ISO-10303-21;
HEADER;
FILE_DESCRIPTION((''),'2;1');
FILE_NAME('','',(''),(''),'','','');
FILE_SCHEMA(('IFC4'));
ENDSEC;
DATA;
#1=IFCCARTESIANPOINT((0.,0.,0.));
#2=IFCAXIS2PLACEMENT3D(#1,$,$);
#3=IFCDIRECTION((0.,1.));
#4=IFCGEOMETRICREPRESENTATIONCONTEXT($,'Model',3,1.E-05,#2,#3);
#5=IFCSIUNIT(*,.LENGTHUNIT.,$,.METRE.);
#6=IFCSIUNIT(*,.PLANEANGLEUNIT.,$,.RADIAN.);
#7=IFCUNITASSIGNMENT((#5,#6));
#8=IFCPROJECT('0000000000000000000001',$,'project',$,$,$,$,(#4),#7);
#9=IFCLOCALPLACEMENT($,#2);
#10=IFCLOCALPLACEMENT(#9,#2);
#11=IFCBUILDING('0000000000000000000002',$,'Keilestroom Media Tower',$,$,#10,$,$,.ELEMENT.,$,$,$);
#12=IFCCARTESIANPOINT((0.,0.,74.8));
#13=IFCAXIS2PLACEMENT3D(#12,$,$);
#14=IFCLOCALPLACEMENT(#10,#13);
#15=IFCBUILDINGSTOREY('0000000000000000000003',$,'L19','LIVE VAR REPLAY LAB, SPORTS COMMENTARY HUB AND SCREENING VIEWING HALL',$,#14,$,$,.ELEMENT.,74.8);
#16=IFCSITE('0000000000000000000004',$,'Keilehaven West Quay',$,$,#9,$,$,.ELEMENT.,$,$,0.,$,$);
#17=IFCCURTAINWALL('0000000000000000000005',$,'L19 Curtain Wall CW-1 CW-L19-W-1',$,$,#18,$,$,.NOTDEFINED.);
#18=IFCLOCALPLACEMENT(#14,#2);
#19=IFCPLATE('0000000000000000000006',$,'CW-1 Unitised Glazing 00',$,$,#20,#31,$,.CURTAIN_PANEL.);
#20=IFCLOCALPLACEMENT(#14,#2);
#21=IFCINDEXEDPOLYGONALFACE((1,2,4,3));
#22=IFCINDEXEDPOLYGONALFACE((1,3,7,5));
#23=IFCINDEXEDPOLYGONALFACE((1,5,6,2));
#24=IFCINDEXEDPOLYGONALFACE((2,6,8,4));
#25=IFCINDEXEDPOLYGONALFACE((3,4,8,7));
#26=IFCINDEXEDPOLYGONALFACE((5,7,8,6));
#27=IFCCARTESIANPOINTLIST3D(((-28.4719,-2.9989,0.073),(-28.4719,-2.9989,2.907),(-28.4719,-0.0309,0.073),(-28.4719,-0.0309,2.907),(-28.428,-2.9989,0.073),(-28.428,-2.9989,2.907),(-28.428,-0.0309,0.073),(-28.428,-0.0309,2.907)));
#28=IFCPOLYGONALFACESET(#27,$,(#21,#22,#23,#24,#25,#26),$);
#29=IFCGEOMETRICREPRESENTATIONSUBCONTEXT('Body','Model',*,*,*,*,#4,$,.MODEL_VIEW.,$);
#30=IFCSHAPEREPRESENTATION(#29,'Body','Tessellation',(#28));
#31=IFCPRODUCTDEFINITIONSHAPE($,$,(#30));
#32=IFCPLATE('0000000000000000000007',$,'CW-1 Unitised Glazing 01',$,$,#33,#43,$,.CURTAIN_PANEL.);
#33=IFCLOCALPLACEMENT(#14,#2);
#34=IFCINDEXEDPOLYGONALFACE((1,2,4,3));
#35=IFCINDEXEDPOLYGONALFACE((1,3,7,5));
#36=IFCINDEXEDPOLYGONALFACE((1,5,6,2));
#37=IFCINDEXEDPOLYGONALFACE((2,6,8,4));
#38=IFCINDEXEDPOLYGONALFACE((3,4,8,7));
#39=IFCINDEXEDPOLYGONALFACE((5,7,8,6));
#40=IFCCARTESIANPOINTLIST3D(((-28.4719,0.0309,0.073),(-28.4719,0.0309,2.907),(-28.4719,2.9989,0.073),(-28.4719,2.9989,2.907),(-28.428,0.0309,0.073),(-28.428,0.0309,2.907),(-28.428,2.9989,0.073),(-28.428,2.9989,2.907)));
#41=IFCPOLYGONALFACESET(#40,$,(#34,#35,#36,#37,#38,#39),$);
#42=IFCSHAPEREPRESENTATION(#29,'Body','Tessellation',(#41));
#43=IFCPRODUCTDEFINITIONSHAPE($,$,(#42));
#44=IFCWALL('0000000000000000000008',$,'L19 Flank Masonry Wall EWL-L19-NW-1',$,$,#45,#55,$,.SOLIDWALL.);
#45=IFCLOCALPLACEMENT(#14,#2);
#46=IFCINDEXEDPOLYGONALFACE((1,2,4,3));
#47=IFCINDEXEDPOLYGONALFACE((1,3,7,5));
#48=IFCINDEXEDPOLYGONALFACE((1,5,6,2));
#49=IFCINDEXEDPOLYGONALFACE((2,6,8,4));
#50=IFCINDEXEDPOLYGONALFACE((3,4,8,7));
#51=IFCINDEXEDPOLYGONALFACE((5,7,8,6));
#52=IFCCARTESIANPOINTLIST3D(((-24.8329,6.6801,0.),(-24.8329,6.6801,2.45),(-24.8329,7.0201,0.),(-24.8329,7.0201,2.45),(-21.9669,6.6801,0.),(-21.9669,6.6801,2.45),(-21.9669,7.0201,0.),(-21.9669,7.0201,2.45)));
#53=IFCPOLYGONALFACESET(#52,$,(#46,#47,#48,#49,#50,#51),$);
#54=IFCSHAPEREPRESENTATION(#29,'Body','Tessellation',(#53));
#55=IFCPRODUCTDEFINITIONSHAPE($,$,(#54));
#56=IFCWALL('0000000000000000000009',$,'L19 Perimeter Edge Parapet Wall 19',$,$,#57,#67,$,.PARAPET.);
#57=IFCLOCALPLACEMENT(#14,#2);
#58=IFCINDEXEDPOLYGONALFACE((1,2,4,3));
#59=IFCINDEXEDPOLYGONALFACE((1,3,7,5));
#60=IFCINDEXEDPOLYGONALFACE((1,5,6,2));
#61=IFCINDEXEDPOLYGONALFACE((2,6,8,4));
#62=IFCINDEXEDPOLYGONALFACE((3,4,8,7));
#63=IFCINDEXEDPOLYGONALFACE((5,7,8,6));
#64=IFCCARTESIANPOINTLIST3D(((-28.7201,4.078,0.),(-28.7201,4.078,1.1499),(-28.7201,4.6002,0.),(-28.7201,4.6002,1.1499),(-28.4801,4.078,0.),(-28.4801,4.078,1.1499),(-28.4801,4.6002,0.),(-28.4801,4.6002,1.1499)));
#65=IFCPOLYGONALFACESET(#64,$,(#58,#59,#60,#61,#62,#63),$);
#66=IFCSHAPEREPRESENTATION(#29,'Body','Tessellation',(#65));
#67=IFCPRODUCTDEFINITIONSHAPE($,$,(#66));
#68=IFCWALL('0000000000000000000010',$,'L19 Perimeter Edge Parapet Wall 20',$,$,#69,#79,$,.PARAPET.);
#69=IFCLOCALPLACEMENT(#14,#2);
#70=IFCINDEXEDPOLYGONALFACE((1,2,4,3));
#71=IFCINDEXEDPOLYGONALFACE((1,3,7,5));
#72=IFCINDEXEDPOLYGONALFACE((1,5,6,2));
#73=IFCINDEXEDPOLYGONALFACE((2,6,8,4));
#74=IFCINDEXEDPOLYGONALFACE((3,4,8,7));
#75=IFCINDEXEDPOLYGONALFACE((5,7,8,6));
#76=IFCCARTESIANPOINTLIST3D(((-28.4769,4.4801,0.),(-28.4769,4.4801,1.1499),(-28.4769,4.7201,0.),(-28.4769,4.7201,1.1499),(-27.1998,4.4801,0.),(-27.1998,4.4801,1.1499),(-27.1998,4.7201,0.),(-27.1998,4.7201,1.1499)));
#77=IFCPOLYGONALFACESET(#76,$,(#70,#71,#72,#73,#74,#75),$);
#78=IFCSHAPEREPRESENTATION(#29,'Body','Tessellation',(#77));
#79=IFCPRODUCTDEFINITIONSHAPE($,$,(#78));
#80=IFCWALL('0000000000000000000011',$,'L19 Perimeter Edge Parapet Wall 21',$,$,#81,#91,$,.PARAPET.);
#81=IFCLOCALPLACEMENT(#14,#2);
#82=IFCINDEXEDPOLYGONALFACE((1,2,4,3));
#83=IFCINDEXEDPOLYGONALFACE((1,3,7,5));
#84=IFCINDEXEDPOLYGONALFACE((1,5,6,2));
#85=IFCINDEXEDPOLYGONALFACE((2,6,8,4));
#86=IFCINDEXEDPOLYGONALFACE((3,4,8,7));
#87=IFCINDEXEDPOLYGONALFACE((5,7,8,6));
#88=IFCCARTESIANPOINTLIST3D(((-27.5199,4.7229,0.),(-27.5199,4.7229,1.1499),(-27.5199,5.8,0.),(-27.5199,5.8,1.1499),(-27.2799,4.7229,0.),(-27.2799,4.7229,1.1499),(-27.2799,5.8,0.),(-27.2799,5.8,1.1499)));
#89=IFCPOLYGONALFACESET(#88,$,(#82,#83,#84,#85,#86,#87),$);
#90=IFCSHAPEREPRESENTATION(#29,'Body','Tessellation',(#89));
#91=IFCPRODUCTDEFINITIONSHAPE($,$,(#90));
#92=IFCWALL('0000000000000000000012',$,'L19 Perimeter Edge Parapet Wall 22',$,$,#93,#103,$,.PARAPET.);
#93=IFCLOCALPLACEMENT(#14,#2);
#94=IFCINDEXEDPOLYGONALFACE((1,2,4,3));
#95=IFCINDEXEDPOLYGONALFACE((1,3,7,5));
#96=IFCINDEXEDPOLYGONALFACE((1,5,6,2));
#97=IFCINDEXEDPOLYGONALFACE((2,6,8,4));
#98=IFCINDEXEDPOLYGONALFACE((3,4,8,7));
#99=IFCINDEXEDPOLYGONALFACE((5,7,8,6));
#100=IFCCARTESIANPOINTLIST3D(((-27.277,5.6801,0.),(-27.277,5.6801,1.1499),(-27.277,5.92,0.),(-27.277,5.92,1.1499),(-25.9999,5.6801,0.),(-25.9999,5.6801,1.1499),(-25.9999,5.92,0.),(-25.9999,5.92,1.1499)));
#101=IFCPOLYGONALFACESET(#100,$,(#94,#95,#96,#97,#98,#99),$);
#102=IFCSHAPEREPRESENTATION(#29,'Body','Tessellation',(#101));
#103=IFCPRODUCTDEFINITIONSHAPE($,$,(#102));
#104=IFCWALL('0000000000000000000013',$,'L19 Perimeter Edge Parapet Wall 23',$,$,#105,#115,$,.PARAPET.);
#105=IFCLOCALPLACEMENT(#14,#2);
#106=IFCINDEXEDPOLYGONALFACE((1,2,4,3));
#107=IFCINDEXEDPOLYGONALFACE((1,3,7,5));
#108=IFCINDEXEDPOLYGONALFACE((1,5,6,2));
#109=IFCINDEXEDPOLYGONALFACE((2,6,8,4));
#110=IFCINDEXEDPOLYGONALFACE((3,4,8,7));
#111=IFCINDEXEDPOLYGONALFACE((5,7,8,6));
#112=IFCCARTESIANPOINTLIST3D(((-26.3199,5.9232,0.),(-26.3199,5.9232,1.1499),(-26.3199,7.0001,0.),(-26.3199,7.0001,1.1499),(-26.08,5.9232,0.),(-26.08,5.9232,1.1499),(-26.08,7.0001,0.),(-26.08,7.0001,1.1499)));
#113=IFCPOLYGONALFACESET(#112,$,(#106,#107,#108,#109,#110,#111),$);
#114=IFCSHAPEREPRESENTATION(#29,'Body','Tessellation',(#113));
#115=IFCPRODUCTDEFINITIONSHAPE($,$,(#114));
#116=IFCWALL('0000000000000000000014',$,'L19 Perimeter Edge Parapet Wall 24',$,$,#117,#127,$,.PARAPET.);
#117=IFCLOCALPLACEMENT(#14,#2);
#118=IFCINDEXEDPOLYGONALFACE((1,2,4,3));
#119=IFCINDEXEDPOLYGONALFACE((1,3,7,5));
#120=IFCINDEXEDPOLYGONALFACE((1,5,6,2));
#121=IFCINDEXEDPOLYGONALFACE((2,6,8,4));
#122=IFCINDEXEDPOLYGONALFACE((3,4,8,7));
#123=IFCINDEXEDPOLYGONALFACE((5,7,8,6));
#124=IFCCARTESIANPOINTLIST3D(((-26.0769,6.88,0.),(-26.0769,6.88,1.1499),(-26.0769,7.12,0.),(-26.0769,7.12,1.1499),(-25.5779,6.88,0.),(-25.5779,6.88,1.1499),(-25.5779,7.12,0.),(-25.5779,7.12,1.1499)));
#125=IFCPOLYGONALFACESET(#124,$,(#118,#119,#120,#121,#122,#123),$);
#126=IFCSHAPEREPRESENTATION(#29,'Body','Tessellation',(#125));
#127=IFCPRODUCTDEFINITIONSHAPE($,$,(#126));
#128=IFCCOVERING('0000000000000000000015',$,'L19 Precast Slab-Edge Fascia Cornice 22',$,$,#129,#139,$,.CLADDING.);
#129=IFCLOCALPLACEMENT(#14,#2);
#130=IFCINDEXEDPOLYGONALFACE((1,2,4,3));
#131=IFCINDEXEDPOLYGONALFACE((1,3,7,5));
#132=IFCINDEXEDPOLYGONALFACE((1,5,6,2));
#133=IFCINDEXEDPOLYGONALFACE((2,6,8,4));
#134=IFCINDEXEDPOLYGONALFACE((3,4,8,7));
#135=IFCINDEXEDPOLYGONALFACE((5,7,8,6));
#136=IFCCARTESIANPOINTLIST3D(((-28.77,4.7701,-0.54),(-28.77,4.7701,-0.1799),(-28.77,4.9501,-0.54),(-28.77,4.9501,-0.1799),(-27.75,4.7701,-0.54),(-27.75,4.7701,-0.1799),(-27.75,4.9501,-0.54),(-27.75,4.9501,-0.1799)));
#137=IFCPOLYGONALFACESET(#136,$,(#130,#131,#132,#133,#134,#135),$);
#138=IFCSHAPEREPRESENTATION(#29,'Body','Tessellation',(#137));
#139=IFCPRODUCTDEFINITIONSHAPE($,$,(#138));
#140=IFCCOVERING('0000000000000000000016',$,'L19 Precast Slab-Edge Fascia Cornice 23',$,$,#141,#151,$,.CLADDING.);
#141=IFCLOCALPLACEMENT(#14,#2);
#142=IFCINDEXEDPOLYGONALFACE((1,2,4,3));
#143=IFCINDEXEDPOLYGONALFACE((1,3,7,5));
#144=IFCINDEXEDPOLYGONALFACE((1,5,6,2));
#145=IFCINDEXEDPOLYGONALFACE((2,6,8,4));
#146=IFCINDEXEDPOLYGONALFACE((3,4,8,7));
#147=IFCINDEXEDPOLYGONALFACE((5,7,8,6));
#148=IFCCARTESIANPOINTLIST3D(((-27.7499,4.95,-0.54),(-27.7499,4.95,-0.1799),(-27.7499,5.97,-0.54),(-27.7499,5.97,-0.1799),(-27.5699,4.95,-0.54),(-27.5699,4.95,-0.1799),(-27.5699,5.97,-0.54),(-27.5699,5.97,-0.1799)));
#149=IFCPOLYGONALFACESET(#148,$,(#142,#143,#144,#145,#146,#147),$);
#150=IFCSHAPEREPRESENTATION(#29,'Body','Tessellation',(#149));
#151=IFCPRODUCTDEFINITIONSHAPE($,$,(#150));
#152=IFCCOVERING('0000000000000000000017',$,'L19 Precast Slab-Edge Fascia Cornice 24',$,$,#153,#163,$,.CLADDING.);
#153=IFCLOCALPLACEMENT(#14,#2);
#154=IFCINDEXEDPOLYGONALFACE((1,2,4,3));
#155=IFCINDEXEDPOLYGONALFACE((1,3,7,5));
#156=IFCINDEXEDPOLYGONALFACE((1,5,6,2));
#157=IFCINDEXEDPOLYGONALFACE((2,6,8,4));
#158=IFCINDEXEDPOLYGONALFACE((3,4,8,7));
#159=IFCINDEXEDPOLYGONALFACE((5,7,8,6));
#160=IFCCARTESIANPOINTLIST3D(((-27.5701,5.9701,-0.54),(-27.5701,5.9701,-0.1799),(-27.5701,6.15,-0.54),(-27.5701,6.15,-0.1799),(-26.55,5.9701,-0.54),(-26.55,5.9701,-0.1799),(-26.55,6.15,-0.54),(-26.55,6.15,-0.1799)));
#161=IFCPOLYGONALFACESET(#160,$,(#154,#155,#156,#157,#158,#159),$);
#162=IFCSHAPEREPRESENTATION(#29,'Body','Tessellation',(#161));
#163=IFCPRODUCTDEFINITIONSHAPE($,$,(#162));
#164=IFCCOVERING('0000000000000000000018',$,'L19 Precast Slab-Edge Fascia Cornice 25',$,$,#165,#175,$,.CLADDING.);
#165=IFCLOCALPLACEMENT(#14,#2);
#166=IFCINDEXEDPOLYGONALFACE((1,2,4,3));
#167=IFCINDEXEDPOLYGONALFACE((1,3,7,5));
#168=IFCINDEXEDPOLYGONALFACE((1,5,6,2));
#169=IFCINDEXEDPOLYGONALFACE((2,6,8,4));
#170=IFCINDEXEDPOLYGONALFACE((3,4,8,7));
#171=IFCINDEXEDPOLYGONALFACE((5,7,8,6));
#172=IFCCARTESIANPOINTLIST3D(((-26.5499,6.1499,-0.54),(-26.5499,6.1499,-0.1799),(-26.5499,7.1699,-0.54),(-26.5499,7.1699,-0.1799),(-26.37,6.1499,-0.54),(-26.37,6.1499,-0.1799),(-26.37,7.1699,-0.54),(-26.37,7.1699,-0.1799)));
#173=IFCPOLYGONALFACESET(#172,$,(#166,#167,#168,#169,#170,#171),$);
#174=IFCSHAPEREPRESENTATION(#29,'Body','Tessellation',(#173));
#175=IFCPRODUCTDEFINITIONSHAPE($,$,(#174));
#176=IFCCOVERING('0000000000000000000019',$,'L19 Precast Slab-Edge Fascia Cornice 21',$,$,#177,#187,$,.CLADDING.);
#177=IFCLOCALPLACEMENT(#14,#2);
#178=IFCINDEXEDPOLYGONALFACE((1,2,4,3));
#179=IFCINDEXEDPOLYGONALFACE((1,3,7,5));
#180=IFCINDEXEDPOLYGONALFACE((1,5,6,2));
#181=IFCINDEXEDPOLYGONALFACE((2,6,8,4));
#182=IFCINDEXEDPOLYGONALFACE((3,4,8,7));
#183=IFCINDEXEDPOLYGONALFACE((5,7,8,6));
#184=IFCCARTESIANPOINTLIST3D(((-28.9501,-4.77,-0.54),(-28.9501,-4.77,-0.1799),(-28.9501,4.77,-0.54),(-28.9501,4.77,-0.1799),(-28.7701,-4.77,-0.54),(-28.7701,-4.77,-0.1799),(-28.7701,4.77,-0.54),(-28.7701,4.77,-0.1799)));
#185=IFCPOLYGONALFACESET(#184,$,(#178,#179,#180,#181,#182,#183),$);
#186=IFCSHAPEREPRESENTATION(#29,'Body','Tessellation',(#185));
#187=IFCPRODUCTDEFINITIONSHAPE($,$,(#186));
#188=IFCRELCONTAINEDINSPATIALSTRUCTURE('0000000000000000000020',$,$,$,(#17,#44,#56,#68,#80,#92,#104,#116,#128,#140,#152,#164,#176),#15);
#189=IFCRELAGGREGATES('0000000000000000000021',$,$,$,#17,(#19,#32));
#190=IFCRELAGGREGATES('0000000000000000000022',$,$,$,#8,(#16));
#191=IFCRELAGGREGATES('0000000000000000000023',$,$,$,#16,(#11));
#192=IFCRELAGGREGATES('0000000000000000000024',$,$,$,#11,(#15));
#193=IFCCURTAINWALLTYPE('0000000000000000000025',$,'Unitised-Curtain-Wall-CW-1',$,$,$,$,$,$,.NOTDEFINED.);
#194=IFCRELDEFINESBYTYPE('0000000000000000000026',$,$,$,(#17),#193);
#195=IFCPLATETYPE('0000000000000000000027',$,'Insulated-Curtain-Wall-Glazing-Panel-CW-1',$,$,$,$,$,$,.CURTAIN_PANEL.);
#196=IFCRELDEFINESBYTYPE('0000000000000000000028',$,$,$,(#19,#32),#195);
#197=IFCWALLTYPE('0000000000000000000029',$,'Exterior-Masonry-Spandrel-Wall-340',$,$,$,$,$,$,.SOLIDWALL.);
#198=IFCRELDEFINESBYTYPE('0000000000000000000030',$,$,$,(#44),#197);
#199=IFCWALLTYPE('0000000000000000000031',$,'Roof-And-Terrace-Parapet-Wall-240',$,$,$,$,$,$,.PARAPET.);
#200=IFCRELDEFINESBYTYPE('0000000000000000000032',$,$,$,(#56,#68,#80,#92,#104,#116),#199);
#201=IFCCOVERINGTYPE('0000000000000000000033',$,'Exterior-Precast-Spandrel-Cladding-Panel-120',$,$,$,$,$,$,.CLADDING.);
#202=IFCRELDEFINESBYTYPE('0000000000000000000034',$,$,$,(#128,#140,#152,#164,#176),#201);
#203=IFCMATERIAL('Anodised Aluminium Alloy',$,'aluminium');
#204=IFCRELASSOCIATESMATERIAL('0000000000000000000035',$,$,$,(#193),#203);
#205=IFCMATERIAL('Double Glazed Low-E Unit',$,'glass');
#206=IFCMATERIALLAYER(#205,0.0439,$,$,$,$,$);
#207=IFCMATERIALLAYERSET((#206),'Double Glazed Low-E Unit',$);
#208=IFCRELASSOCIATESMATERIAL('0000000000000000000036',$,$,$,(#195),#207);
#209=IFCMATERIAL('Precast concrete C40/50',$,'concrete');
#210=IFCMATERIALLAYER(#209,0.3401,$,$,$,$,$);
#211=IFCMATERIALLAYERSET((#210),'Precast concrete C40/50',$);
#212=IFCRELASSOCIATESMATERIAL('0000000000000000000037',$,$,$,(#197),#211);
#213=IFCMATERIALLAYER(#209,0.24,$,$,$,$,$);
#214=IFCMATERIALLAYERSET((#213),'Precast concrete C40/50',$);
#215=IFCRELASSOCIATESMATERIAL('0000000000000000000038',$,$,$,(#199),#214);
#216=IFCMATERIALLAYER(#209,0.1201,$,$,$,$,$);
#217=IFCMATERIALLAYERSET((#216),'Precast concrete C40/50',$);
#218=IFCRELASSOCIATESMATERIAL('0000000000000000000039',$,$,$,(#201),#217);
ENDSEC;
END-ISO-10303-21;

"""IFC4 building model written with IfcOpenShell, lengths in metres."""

from ifc_helpers import new_model, si_unit, direction, frame, frame_2d, origin, origin_2d, place, context, subcontext, project, spatial, rectangle, extrude, source, transform, mapped, material, layer, layer_set, type_object, element, aggregate, save


model = new_model("IFC4")

# Units and contexts
model_context = context("Model", 3, precision=1e-05, world=origin(), true_north=direction((0.0, 1.0)))
body_context = subcontext(model_context, "Body", "Model", "MODEL_VIEW")
ifc_project = project(units=[si_unit("LENGTHUNIT", "METRE"), si_unit("PLANEANGLEUNIT", "RADIAN")], contexts=[model_context])

# Site, building, storey
site_placement = place(None, origin())
site = spatial("IfcSite", under=ifc_project, at=site_placement, Name="Keilehaven West Quay", CompositionType="ELEMENT", RefElevation=0.0)
building_placement = place(site_placement, origin())
building = spatial("IfcBuilding", under=site, at=building_placement, Name="Keilestroom Media Tower", CompositionType="ELEMENT")
storey_placement = place(building_placement, frame((0.0, 0.0, 74.8)))
storey = spatial("IfcBuildingStorey", under=building, at=storey_placement, Name="L19", Description="LIVE VAR REPLAY LAB, SPORTS COMMENTARY HUB AND SCREENING VIEWING HALL", CompositionType="ELEMENT", Elevation=74.8)

# Shared definitions
ifc_material_1 = material(Name="Precast concrete C40/50", Category="concrete")

# Curtain wall, plates
ifc_material_2 = material(Name="Anodised Aluminium Alloy", Category="aluminium")
curtain_wall_type = type_object("IfcCurtainWallType", Name="Unitised-Curtain-Wall-CW-1", PredefinedType="NOTDEFINED", material=ifc_material_2)
curtain_wall_placement = place(storey_placement, origin())
curtain_wall = element("IfcCurtainWall", 1, at=curtain_wall_placement, inside=storey, type_object=curtain_wall_type, Name="L19 Curtain Wall CW-1 CW-L19-W-1", PredefinedType="NOTDEFINED")
ifc_material_3 = material(Name="Double Glazed Low-E Unit", Category="glass")
ifc_layer_1 = layer(ifc_material_3, 0.0439)
ifc_layer_set_1 = layer_set([ifc_layer_1], Name="Double Glazed Low-E Unit")
plate_type = type_object("IfcPlateType", Name="Insulated-Curtain-Wall-Glazing-Panel-CW-1", PredefinedType="CURTAIN_PANEL", material=ifc_layer_set_1)
shared_shape_1 = source(origin(), body_context, "Body", "SweptSolid", [
    extrude(rectangle(XDim=2.968, YDim=0.0439, at=origin_2d()), origin(), (0.0, 0.0, 1.0), 2.834),
])
plate_1_placement = place(storey_placement, frame((-28.45, -1.5149, 0.073), z_axis=(0.0, 0.0, 1.0), x_axis=(0.0, 1.0, 0.0)))
plate_1 = element("IfcPlate", 2, at=plate_1_placement, type_object=plate_type, Name="CW-1 Unitised Glazing 00", PredefinedType="CURTAIN_PANEL", context=body_context, shape_type="MappedRepresentation", body=[
    mapped(shared_shape_1, transform((0.0, 0.0, 0.0), x_axis=(1.0, 0.0, 0.0), y_axis=(0.0, 1.0, 0.0), z_axis=(0.0, 0.0, 1.0), scale=1.0)),
])
plate_2_placement = place(storey_placement, frame((-28.45, 1.5149, 0.073), z_axis=(0.0, 0.0, 1.0), x_axis=(0.0, 1.0, 0.0)))
plate_2 = element("IfcPlate", 3, at=plate_2_placement, type_object=plate_type, Name="CW-1 Unitised Glazing 01", PredefinedType="CURTAIN_PANEL", context=body_context, shape_type="MappedRepresentation", body=[
    mapped(shared_shape_1, transform((0.0, 0.0, 0.0), x_axis=(1.0, 0.0, 0.0), y_axis=(0.0, 1.0, 0.0), z_axis=(0.0, 0.0, 1.0), scale=1.0)),
])
aggregate(curtain_wall, [plate_1, plate_2])

# Walls
ifc_layer_2 = layer(ifc_material_1, 0.3401)
ifc_layer_set_2 = layer_set([ifc_layer_2], Name="Precast concrete C40/50")
wall_type_1 = type_object("IfcWallType", Name="Exterior-Masonry-Spandrel-Wall-340", PredefinedType="SOLIDWALL", material=ifc_layer_set_2)
wall_1_placement = place(storey_placement, frame((-24.833, 6.8501, 0.0), z_axis=(0.0, 0.0, 1.0), x_axis=(1.0, 0.0, 0.0)))
element("IfcWall", 4, at=wall_1_placement, inside=storey, type_object=wall_type_1, Name="L19 Flank Masonry Wall EWL-L19-NW-1", PredefinedType="SOLIDWALL", context=body_context, shape_type="SweptSolid", body=[
    extrude(rectangle(XDim=2.866, YDim=0.3401, at=frame_2d((1.4331, 0.0))), origin(), (0.0, 0.0, 1.0), 2.45),
])
ifc_layer_3 = layer(ifc_material_1, 0.24)
ifc_layer_set_3 = layer_set([ifc_layer_3], Name="Precast concrete C40/50")
wall_type_2 = type_object("IfcWallType", Name="Roof-And-Terrace-Parapet-Wall-240", PredefinedType="PARAPET", material=ifc_layer_set_3)
wall_2_placement = place(storey_placement, frame((-28.6001, 4.0779, 0.0), z_axis=(0.0, 0.0, 1.0), x_axis=(0.0, 1.0, 0.0)))
element("IfcWall", 5, at=wall_2_placement, inside=storey, type_object=wall_type_2, Name="L19 Perimeter Edge Parapet Wall 19", PredefinedType="PARAPET", context=body_context, shape_type="SweptSolid", body=[
    extrude(rectangle(XDim=0.5222, YDim=0.24, at=frame_2d((0.2612, 0.0))), origin(), (0.0, 0.0, 1.0), 1.1499),
])
wall_3_placement = place(storey_placement, frame((-28.4771, 4.6001, 0.0), z_axis=(0.0, 0.0, 1.0), x_axis=(1.0, 0.0, 0.0)))
element("IfcWall", 6, at=wall_3_placement, inside=storey, type_object=wall_type_2, Name="L19 Perimeter Edge Parapet Wall 20", PredefinedType="PARAPET", context=body_context, shape_type="SweptSolid", body=[
    extrude(rectangle(XDim=1.2771, YDim=0.24, at=frame_2d((0.6387, 0.0))), origin(), (0.0, 0.0, 1.0), 1.1499),
])
wall_4_placement = place(storey_placement, frame((-27.3999, 4.7229, 0.0), z_axis=(0.0, 0.0, 1.0), x_axis=(0.0, 1.0, 0.0)))
element("IfcWall", 7, at=wall_4_placement, inside=storey, type_object=wall_type_2, Name="L19 Perimeter Edge Parapet Wall 21", PredefinedType="PARAPET", context=body_context, shape_type="SweptSolid", body=[
    extrude(rectangle(XDim=1.0771, YDim=0.24, at=frame_2d((0.5386, 0.0))), origin(), (0.0, 0.0, 1.0), 1.1499),
])
wall_5_placement = place(storey_placement, frame((-27.2771, 5.8, 0.0), z_axis=(0.0, 0.0, 1.0), x_axis=(1.0, 0.0, 0.0)))
element("IfcWall", 8, at=wall_5_placement, inside=storey, type_object=wall_type_2, Name="L19 Perimeter Edge Parapet Wall 22", PredefinedType="PARAPET", context=body_context, shape_type="SweptSolid", body=[
    extrude(rectangle(XDim=1.2771, YDim=0.24, at=frame_2d((0.6387, 0.0))), origin(), (0.0, 0.0, 1.0), 1.1499),
])
wall_6_placement = place(storey_placement, frame((-26.2, 5.9231, 0.0), z_axis=(0.0, 0.0, 1.0), x_axis=(0.0, 1.0, 0.0)))
element("IfcWall", 9, at=wall_6_placement, inside=storey, type_object=wall_type_2, Name="L19 Perimeter Edge Parapet Wall 23", PredefinedType="PARAPET", context=body_context, shape_type="SweptSolid", body=[
    extrude(rectangle(XDim=1.0769, YDim=0.24, at=frame_2d((0.5386, 0.0))), origin(), (0.0, 0.0, 1.0), 1.1499),
])
wall_7_placement = place(storey_placement, frame((-26.0769, 7.0, 0.0), z_axis=(0.0, 0.0, 1.0), x_axis=(1.0, 0.0, 0.0)))
element("IfcWall", 10, at=wall_7_placement, inside=storey, type_object=wall_type_2, Name="L19 Perimeter Edge Parapet Wall 24", PredefinedType="PARAPET", context=body_context, shape_type="SweptSolid", body=[
    extrude(rectangle(XDim=0.499, YDim=0.24, at=frame_2d((0.2495, 0.0))), origin(), (0.0, 0.0, 1.0), 1.1499),
])

# Coverings
ifc_layer_4 = layer(ifc_material_1, 0.1201)
ifc_layer_set_4 = layer_set([ifc_layer_4], Name="Precast concrete C40/50")
covering_type = type_object("IfcCoveringType", Name="Exterior-Precast-Spandrel-Cladding-Panel-120", PredefinedType="CLADDING", material=ifc_layer_set_4)
shared_shape_2 = source(origin(), body_context, "Body", "SweptSolid", [
    extrude(rectangle(XDim=1.02, YDim=0.1799, at=origin_2d()), origin(), (0.0, 0.0, 1.0), 0.3601),
])
for number, where, z_axis, x_axis, name in (
    (11, (-28.26, 4.8601, -0.54), (0.0, 0.0, 1.0), (1.0, 0.0, 0.0), "L19 Precast Slab-Edge Fascia Cornice 22"),
    (12, (-27.6599, 5.46, -0.54), (0.0, 0.0, 1.0), (0.0, 1.0, 0.0), "L19 Precast Slab-Edge Fascia Cornice 23"),
    (13, (-27.0601, 6.0601, -0.54), (0.0, 0.0, 1.0), (1.0, 0.0, 0.0), "L19 Precast Slab-Edge Fascia Cornice 24"),
    (14, (-26.46, 6.6599, -0.54), (0.0, 0.0, 1.0), (0.0, 1.0, 0.0), "L19 Precast Slab-Edge Fascia Cornice 25"),
):
    element("IfcCovering", number, at=place(storey_placement, frame(where, z_axis=z_axis, x_axis=x_axis)), inside=storey, type_object=covering_type, Name=name, PredefinedType="CLADDING", context=body_context, shape_type="MappedRepresentation", body=[
        mapped(shared_shape_2, transform((0.0, 0.0, 0.0), x_axis=(1.0, 0.0, 0.0), y_axis=(0.0, 1.0, 0.0), z_axis=(0.0, 0.0, 1.0), scale=1.0)),
    ])
shared_shape_3 = source(origin(), body_context, "Body", "SweptSolid", [
    extrude(rectangle(XDim=9.54, YDim=0.1799, at=origin_2d()), origin(), (0.0, 0.0, 1.0), 0.3601),
])
covering_placement = place(storey_placement, frame((-28.8601, 0.0, -0.54), z_axis=(0.0, 0.0, 1.0), x_axis=(0.0, 1.0, 0.0)))
element("IfcCovering", 15, at=covering_placement, inside=storey, type_object=covering_type, Name="L19 Precast Slab-Edge Fascia Cornice 21", PredefinedType="CLADDING", context=body_context, shape_type="MappedRepresentation", body=[
    mapped(shared_shape_3, transform((0.0, 0.0, 0.0), x_axis=(1.0, 0.0, 0.0), y_axis=(0.0, 1.0, 0.0), z_axis=(0.0, 0.0, 1.0), scale=1.0)),
])

save(model, "model.ifc")
